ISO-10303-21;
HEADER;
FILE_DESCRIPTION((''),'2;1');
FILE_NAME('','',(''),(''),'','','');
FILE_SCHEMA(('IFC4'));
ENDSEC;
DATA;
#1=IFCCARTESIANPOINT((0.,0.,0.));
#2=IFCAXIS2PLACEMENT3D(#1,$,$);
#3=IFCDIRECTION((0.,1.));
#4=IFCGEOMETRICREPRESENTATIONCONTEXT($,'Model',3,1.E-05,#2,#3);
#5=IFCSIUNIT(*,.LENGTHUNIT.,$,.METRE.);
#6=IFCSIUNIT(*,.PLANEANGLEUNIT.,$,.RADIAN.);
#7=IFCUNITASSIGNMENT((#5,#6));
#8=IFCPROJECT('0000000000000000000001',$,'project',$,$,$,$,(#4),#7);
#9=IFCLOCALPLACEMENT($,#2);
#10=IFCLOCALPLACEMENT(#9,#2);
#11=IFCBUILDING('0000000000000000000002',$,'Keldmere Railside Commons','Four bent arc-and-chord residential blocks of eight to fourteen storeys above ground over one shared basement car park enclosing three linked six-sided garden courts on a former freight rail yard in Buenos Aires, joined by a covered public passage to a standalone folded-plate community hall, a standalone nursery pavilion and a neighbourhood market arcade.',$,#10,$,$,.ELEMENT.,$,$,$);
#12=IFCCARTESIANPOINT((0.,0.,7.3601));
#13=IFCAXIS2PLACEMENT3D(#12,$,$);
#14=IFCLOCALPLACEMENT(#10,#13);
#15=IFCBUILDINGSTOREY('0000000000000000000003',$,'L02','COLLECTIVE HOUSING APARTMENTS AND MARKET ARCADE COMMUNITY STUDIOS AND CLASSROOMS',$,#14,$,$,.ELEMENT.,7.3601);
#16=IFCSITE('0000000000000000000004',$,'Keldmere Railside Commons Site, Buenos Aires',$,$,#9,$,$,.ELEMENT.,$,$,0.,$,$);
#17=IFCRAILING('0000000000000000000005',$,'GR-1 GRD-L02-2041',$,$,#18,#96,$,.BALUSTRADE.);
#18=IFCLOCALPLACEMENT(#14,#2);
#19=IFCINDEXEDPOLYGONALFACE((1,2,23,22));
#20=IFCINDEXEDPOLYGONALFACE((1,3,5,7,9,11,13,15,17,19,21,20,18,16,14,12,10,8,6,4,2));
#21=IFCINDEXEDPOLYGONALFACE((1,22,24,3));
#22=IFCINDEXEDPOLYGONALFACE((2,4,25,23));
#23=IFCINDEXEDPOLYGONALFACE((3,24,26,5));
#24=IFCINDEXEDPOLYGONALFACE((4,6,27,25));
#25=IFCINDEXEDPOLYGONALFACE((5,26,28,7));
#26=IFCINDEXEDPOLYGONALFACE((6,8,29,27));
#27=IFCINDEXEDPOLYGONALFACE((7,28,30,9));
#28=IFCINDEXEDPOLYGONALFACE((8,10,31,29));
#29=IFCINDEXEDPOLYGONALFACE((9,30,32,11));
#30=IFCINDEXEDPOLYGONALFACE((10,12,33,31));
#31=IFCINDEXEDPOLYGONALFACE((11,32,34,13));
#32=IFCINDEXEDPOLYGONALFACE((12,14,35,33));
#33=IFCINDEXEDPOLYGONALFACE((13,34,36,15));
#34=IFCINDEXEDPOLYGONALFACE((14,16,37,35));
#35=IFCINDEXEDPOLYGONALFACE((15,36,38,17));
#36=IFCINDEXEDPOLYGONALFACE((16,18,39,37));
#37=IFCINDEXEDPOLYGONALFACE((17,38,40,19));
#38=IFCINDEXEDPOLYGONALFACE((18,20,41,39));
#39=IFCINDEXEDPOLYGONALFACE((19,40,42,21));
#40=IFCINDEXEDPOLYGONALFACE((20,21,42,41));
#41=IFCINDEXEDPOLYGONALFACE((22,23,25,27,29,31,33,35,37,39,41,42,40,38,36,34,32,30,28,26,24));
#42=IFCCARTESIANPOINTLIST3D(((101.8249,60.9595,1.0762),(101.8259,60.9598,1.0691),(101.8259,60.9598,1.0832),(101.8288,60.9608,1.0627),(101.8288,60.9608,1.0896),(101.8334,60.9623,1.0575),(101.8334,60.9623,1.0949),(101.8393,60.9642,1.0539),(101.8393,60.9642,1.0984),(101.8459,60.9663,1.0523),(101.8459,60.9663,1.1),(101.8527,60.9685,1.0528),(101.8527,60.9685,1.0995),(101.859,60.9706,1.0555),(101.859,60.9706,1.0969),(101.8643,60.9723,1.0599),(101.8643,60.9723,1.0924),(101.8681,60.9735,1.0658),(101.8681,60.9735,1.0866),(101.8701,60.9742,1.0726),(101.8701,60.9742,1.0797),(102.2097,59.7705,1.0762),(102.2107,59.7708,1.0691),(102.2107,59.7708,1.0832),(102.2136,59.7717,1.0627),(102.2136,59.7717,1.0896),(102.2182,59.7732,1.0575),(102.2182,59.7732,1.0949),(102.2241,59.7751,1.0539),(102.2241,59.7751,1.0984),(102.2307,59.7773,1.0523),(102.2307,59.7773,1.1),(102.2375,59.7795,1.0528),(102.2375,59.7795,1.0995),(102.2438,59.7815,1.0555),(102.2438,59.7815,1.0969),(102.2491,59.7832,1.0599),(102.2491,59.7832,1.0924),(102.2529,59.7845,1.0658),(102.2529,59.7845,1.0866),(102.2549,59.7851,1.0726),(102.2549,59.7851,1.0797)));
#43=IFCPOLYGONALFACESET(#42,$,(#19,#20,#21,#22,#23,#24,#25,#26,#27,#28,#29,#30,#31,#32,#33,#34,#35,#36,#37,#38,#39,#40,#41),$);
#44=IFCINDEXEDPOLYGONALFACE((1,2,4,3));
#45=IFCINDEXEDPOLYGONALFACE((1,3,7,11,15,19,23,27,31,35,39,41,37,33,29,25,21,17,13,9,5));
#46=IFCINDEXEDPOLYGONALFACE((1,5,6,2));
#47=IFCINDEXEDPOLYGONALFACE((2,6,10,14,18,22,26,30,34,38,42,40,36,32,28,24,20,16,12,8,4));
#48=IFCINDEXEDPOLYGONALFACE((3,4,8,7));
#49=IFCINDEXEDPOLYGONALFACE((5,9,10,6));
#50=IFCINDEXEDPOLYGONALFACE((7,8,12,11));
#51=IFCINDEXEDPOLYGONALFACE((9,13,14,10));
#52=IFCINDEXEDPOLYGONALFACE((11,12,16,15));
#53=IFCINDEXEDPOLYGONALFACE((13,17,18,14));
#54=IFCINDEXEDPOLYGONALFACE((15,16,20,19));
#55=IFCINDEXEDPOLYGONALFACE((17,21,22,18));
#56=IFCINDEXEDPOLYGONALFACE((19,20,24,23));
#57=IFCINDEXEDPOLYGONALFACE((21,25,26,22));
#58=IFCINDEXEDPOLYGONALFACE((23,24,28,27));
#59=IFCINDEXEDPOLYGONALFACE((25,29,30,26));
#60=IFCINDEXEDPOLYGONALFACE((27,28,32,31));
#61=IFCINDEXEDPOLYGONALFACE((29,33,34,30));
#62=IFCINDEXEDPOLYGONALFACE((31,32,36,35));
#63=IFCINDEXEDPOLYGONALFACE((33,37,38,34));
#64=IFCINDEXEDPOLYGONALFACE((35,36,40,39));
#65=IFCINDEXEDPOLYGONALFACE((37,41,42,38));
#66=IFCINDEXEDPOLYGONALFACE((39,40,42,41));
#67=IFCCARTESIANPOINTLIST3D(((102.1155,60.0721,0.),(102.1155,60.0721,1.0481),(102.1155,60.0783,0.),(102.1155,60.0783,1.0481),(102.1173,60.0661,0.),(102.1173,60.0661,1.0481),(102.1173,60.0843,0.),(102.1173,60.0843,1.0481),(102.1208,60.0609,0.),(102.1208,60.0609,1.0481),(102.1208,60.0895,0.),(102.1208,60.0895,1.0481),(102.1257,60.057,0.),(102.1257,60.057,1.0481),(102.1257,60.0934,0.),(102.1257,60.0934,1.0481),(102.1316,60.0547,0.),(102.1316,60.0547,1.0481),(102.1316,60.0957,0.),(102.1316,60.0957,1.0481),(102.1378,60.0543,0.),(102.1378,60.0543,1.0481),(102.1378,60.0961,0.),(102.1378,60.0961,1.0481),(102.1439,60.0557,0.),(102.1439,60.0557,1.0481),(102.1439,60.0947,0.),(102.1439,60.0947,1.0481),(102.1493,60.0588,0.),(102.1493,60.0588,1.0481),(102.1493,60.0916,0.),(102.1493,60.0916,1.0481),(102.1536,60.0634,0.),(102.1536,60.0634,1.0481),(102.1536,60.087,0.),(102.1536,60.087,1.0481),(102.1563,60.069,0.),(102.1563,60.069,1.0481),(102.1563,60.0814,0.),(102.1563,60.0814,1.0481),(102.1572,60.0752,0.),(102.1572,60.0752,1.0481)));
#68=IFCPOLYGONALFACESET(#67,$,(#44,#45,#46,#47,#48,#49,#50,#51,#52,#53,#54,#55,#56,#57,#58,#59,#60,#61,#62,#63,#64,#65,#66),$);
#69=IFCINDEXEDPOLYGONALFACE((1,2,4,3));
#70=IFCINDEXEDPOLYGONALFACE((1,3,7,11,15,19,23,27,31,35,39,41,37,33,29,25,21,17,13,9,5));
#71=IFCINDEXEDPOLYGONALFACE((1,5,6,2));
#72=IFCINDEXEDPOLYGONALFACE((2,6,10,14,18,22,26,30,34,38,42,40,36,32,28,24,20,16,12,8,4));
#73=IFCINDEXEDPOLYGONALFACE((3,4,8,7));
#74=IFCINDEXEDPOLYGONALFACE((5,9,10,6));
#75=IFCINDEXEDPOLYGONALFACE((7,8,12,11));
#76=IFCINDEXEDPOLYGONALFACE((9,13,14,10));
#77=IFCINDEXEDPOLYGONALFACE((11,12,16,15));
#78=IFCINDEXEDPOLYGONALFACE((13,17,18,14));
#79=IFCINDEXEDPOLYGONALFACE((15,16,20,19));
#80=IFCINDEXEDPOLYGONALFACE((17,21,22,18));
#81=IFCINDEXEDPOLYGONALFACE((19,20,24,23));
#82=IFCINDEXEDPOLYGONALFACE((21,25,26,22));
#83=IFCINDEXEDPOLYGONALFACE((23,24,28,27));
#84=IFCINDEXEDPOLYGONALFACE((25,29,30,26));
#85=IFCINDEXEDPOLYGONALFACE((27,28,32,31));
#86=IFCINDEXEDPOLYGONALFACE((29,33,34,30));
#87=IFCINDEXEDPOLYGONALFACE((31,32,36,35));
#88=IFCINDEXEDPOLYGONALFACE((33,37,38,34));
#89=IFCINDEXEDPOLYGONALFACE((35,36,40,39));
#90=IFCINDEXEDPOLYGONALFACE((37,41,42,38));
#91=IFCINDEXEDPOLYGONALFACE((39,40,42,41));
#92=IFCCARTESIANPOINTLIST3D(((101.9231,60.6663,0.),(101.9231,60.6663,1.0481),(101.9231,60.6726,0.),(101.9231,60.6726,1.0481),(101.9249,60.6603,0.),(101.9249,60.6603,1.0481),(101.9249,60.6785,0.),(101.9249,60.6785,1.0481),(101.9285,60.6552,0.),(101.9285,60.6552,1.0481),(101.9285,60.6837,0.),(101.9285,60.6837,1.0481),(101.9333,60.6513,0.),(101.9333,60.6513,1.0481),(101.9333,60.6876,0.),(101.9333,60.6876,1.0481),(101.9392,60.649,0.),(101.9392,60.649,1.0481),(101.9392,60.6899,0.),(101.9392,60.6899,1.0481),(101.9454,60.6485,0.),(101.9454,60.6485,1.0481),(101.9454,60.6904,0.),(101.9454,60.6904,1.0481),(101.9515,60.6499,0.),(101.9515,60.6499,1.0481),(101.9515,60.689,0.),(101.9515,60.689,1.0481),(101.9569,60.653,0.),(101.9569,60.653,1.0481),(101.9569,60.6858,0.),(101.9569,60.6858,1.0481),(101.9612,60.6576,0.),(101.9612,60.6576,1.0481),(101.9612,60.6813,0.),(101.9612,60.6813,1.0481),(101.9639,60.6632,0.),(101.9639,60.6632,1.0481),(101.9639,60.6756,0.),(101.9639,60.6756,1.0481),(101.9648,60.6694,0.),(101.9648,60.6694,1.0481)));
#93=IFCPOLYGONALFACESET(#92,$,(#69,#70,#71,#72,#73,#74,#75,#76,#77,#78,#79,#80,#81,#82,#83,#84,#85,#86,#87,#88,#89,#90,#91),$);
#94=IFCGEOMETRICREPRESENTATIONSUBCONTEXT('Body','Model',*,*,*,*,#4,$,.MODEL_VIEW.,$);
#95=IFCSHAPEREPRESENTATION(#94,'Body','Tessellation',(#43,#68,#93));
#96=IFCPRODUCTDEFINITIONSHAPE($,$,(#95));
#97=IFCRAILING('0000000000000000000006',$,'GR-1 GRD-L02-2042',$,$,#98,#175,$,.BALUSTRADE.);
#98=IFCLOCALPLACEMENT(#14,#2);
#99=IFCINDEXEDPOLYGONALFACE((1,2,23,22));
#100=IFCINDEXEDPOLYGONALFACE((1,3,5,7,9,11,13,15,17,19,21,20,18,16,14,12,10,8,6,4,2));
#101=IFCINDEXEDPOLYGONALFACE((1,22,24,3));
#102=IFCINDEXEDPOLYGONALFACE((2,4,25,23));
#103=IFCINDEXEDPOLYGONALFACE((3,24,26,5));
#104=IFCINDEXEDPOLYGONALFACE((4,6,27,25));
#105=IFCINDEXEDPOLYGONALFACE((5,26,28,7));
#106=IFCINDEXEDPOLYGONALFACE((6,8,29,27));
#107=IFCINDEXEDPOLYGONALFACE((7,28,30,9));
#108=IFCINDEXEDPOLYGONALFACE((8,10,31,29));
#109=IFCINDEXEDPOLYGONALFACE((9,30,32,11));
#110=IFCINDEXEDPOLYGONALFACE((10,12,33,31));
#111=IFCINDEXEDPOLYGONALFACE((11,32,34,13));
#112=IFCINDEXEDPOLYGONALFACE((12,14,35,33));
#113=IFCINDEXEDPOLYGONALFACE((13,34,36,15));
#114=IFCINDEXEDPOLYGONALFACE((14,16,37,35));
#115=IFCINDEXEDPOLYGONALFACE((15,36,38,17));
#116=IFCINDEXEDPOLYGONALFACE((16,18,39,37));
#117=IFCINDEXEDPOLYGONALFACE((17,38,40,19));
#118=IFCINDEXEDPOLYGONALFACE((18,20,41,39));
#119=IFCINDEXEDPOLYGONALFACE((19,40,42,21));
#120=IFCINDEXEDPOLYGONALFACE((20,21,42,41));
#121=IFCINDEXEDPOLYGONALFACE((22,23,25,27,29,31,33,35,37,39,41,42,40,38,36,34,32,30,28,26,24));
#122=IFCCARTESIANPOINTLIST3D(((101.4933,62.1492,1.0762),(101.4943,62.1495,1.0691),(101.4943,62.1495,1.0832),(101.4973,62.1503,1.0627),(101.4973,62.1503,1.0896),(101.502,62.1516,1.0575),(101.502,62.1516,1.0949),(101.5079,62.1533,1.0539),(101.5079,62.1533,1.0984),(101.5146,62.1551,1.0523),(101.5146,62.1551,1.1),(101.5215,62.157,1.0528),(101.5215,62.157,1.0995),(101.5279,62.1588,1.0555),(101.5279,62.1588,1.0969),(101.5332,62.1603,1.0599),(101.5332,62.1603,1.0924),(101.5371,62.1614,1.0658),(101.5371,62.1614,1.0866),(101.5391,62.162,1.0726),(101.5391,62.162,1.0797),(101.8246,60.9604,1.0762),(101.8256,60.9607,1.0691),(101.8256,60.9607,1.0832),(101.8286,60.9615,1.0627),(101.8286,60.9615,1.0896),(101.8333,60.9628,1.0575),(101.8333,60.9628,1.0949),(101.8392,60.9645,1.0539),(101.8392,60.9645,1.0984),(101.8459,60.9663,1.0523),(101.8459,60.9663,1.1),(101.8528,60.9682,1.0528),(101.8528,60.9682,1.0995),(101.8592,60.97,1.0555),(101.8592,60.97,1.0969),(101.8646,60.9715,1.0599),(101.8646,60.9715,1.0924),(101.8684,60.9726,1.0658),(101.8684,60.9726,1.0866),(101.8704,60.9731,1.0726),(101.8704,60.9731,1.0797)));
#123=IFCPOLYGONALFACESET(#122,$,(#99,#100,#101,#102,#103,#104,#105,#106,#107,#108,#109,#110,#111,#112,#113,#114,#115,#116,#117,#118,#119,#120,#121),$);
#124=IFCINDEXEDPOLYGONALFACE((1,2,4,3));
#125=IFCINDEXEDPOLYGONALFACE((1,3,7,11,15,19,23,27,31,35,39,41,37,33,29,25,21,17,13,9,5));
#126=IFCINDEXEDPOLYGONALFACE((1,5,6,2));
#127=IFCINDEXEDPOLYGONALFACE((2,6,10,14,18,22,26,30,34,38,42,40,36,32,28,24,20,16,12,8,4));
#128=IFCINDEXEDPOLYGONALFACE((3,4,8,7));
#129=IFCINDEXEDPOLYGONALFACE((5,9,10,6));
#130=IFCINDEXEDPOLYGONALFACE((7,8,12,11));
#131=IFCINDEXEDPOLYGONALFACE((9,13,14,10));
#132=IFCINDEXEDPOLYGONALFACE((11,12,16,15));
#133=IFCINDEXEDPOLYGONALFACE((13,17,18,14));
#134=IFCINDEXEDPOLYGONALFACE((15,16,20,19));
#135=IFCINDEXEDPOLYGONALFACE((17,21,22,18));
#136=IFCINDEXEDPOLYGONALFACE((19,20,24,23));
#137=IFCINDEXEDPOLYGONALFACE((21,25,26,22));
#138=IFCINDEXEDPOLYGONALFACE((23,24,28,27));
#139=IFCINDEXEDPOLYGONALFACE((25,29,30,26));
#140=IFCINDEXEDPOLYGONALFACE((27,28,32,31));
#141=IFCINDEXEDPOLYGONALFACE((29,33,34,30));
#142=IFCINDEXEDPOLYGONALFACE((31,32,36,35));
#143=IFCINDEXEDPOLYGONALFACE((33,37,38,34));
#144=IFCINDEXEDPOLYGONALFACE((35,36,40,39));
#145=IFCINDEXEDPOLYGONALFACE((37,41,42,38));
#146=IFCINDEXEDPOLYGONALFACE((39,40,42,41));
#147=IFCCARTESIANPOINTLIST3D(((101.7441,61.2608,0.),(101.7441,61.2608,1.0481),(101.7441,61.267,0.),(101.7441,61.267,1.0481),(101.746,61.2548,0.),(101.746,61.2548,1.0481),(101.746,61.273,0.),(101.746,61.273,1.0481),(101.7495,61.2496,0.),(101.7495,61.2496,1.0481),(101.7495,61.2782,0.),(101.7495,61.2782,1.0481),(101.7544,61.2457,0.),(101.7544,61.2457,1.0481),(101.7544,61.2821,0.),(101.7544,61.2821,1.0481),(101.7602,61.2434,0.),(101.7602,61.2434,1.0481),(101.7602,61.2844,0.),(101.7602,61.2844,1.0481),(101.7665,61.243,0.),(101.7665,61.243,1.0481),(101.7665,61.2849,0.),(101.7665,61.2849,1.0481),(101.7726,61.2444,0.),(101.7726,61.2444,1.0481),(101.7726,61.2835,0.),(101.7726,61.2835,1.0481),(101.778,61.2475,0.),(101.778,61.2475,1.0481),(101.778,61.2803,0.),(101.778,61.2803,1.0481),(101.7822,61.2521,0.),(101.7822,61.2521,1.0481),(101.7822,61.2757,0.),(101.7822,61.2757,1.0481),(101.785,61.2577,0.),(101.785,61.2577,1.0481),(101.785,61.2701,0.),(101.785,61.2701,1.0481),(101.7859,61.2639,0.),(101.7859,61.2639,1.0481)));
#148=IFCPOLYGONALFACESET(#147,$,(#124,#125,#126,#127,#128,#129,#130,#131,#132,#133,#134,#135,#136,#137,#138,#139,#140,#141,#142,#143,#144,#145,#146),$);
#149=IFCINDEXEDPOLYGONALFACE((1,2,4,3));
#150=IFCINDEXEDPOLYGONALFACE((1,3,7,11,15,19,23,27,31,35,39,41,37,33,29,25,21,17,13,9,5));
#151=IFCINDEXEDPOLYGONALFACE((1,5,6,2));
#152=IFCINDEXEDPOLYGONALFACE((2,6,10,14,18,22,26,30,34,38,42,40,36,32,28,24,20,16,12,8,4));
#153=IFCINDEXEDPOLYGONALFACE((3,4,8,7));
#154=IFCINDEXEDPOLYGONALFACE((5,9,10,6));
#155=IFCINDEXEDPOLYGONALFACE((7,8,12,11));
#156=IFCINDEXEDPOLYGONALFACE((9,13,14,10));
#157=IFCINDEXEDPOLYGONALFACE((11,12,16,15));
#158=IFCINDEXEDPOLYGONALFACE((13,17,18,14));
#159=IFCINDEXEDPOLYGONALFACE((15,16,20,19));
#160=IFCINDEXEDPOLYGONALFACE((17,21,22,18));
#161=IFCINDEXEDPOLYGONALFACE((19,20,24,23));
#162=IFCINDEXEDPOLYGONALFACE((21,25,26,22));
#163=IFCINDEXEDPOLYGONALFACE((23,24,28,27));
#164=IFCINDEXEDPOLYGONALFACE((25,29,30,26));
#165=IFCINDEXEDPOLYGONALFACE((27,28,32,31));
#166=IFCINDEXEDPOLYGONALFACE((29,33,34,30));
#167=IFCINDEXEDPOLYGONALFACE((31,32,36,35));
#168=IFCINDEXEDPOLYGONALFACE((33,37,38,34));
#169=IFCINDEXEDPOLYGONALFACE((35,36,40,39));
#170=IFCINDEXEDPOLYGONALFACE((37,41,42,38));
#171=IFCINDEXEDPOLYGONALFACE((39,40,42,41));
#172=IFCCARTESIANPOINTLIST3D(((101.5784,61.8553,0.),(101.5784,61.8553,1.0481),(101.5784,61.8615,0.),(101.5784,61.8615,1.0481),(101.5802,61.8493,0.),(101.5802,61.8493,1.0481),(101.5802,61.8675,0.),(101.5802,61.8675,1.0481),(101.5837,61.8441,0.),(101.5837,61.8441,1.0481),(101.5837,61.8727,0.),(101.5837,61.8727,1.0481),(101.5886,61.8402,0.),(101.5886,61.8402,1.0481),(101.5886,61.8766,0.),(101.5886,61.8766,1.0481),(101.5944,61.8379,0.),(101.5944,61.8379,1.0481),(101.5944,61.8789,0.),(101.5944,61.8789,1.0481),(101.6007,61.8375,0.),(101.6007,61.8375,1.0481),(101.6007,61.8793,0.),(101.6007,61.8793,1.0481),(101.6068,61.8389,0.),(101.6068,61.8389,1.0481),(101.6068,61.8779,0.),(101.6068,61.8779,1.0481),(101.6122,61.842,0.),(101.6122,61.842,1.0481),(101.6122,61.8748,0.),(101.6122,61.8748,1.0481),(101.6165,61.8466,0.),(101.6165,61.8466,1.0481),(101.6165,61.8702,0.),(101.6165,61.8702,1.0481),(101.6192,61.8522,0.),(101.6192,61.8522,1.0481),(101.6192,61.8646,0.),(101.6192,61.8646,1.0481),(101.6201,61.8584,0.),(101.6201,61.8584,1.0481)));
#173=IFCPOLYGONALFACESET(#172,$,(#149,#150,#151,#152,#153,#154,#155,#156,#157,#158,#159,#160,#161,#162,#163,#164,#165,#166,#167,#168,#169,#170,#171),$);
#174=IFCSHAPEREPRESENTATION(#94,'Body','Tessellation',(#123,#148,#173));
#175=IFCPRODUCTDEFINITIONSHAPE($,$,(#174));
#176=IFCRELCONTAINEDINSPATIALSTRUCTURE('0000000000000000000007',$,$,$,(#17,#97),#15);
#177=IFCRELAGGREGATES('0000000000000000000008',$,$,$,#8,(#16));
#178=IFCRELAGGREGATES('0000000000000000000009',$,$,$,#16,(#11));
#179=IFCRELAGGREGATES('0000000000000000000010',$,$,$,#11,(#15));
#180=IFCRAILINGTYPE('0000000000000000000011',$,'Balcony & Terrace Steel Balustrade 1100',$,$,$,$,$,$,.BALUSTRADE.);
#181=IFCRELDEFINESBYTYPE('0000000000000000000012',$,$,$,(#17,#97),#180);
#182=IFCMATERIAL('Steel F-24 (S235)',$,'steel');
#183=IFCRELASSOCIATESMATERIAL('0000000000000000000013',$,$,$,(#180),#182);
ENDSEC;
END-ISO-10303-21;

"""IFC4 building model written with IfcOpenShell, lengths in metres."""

from ifc_helpers import new_model, si_unit, direction, frame, origin, origin_2d, place, context, subcontext, project, spatial, circle, extrude, material, type_object, element, save


model = new_model("IFC4")

# Units and contexts
model_context = context("Model", 3, precision=1e-05, world=origin(), true_north=direction((0.0, 1.0)))
body_context = subcontext(model_context, "Body", "Model", "MODEL_VIEW")
ifc_project = project(units=[si_unit("LENGTHUNIT", "METRE"), si_unit("PLANEANGLEUNIT", "RADIAN")], contexts=[model_context])

# Site, building, storey
site_placement = place(None, origin())
site = spatial("IfcSite", under=ifc_project, at=site_placement, Name="Keldmere Railside Commons Site, Buenos Aires", CompositionType="ELEMENT", RefElevation=0.0)
building_placement = place(site_placement, origin())
building = spatial("IfcBuilding", under=site, at=building_placement, Name="Keldmere Railside Commons", Description="Four bent arc-and-chord residential blocks of eight to fourteen storeys above ground over one shared basement car park enclosing three linked six-sided garden courts on a former freight rail yard in Buenos Aires, joined by a covered public passage to a standalone folded-plate community hall, a standalone nursery pavilion and a neighbourhood market arcade.", CompositionType="ELEMENT")
storey_placement = place(building_placement, frame((0.0, 0.0, 7.3601)))
storey = spatial("IfcBuildingStorey", under=building, at=storey_placement, Name="L02", Description="COLLECTIVE HOUSING APARTMENTS AND MARKET ARCADE COMMUNITY STUDIOS AND CLASSROOMS", CompositionType="ELEMENT", Elevation=7.3601)

# Railings
ifc_material_1 = material(Name="Steel F-24 (S235)", Category="steel")
railing_type_1 = type_object("IfcRailingType", Name="Balcony & Terrace Steel Balustrade 1100", PredefinedType="BALUSTRADE", material=ifc_material_1)
railing_1_placement = place(storey_placement, frame((102.2324, 59.7778, 0.0)))
element("IfcRailing", 1, at=railing_1_placement, inside=storey, type_object=railing_type_1, Name="GR-1 GRD-L02-2041", PredefinedType="BALUSTRADE", context=body_context, shape_type="SweptSolid", body=[
    extrude(circle(Radius=0.0239, at=origin_2d()), frame((0.0, 0.0, 1.0762), z_axis=(-0.307893, 0.951421, 0.0), x_axis=(-0.951421, -0.307893, 0.0)), (0.0, 0.0, 1.0), 1.2498),
    extrude(circle(Radius=0.021, at=origin_2d()), frame((-0.0962, 0.2974, 0.0)), (0.0, 0.0, 1.0), 1.0481),
    extrude(circle(Radius=0.021, at=origin_2d()), frame((-0.2886, 0.8916, 0.0)), (0.0, 0.0, 1.0), 1.0481),
])
railing_2_placement = place(storey_placement, frame((101.8477, 60.9668, 0.0)))
element("IfcRailing", 2, at=railing_2_placement, inside=storey, type_object=railing_type_1, Name="GR-1 GRD-L02-2042", PredefinedType="BALUSTRADE", context=body_context, shape_type="SweptSolid", body=[
    extrude(circle(Radius=0.0239, at=origin_2d()), frame((0.0, 0.0, 1.0762), z_axis=(-0.26847, 0.963288, 0.0), x_axis=(-0.963288, -0.26847, 0.0)), (0.0, 0.0, 1.0), 1.2341),
    extrude(circle(Radius=0.021, at=origin_2d()), frame((-0.0828, 0.2971, 0.0)), (0.0, 0.0, 1.0), 1.0481),
    extrude(circle(Radius=0.021, at=origin_2d()), frame((-0.2485, 0.8916, 0.0)), (0.0, 0.0, 1.0), 1.0481),
])

save(model, "model.ifc")
